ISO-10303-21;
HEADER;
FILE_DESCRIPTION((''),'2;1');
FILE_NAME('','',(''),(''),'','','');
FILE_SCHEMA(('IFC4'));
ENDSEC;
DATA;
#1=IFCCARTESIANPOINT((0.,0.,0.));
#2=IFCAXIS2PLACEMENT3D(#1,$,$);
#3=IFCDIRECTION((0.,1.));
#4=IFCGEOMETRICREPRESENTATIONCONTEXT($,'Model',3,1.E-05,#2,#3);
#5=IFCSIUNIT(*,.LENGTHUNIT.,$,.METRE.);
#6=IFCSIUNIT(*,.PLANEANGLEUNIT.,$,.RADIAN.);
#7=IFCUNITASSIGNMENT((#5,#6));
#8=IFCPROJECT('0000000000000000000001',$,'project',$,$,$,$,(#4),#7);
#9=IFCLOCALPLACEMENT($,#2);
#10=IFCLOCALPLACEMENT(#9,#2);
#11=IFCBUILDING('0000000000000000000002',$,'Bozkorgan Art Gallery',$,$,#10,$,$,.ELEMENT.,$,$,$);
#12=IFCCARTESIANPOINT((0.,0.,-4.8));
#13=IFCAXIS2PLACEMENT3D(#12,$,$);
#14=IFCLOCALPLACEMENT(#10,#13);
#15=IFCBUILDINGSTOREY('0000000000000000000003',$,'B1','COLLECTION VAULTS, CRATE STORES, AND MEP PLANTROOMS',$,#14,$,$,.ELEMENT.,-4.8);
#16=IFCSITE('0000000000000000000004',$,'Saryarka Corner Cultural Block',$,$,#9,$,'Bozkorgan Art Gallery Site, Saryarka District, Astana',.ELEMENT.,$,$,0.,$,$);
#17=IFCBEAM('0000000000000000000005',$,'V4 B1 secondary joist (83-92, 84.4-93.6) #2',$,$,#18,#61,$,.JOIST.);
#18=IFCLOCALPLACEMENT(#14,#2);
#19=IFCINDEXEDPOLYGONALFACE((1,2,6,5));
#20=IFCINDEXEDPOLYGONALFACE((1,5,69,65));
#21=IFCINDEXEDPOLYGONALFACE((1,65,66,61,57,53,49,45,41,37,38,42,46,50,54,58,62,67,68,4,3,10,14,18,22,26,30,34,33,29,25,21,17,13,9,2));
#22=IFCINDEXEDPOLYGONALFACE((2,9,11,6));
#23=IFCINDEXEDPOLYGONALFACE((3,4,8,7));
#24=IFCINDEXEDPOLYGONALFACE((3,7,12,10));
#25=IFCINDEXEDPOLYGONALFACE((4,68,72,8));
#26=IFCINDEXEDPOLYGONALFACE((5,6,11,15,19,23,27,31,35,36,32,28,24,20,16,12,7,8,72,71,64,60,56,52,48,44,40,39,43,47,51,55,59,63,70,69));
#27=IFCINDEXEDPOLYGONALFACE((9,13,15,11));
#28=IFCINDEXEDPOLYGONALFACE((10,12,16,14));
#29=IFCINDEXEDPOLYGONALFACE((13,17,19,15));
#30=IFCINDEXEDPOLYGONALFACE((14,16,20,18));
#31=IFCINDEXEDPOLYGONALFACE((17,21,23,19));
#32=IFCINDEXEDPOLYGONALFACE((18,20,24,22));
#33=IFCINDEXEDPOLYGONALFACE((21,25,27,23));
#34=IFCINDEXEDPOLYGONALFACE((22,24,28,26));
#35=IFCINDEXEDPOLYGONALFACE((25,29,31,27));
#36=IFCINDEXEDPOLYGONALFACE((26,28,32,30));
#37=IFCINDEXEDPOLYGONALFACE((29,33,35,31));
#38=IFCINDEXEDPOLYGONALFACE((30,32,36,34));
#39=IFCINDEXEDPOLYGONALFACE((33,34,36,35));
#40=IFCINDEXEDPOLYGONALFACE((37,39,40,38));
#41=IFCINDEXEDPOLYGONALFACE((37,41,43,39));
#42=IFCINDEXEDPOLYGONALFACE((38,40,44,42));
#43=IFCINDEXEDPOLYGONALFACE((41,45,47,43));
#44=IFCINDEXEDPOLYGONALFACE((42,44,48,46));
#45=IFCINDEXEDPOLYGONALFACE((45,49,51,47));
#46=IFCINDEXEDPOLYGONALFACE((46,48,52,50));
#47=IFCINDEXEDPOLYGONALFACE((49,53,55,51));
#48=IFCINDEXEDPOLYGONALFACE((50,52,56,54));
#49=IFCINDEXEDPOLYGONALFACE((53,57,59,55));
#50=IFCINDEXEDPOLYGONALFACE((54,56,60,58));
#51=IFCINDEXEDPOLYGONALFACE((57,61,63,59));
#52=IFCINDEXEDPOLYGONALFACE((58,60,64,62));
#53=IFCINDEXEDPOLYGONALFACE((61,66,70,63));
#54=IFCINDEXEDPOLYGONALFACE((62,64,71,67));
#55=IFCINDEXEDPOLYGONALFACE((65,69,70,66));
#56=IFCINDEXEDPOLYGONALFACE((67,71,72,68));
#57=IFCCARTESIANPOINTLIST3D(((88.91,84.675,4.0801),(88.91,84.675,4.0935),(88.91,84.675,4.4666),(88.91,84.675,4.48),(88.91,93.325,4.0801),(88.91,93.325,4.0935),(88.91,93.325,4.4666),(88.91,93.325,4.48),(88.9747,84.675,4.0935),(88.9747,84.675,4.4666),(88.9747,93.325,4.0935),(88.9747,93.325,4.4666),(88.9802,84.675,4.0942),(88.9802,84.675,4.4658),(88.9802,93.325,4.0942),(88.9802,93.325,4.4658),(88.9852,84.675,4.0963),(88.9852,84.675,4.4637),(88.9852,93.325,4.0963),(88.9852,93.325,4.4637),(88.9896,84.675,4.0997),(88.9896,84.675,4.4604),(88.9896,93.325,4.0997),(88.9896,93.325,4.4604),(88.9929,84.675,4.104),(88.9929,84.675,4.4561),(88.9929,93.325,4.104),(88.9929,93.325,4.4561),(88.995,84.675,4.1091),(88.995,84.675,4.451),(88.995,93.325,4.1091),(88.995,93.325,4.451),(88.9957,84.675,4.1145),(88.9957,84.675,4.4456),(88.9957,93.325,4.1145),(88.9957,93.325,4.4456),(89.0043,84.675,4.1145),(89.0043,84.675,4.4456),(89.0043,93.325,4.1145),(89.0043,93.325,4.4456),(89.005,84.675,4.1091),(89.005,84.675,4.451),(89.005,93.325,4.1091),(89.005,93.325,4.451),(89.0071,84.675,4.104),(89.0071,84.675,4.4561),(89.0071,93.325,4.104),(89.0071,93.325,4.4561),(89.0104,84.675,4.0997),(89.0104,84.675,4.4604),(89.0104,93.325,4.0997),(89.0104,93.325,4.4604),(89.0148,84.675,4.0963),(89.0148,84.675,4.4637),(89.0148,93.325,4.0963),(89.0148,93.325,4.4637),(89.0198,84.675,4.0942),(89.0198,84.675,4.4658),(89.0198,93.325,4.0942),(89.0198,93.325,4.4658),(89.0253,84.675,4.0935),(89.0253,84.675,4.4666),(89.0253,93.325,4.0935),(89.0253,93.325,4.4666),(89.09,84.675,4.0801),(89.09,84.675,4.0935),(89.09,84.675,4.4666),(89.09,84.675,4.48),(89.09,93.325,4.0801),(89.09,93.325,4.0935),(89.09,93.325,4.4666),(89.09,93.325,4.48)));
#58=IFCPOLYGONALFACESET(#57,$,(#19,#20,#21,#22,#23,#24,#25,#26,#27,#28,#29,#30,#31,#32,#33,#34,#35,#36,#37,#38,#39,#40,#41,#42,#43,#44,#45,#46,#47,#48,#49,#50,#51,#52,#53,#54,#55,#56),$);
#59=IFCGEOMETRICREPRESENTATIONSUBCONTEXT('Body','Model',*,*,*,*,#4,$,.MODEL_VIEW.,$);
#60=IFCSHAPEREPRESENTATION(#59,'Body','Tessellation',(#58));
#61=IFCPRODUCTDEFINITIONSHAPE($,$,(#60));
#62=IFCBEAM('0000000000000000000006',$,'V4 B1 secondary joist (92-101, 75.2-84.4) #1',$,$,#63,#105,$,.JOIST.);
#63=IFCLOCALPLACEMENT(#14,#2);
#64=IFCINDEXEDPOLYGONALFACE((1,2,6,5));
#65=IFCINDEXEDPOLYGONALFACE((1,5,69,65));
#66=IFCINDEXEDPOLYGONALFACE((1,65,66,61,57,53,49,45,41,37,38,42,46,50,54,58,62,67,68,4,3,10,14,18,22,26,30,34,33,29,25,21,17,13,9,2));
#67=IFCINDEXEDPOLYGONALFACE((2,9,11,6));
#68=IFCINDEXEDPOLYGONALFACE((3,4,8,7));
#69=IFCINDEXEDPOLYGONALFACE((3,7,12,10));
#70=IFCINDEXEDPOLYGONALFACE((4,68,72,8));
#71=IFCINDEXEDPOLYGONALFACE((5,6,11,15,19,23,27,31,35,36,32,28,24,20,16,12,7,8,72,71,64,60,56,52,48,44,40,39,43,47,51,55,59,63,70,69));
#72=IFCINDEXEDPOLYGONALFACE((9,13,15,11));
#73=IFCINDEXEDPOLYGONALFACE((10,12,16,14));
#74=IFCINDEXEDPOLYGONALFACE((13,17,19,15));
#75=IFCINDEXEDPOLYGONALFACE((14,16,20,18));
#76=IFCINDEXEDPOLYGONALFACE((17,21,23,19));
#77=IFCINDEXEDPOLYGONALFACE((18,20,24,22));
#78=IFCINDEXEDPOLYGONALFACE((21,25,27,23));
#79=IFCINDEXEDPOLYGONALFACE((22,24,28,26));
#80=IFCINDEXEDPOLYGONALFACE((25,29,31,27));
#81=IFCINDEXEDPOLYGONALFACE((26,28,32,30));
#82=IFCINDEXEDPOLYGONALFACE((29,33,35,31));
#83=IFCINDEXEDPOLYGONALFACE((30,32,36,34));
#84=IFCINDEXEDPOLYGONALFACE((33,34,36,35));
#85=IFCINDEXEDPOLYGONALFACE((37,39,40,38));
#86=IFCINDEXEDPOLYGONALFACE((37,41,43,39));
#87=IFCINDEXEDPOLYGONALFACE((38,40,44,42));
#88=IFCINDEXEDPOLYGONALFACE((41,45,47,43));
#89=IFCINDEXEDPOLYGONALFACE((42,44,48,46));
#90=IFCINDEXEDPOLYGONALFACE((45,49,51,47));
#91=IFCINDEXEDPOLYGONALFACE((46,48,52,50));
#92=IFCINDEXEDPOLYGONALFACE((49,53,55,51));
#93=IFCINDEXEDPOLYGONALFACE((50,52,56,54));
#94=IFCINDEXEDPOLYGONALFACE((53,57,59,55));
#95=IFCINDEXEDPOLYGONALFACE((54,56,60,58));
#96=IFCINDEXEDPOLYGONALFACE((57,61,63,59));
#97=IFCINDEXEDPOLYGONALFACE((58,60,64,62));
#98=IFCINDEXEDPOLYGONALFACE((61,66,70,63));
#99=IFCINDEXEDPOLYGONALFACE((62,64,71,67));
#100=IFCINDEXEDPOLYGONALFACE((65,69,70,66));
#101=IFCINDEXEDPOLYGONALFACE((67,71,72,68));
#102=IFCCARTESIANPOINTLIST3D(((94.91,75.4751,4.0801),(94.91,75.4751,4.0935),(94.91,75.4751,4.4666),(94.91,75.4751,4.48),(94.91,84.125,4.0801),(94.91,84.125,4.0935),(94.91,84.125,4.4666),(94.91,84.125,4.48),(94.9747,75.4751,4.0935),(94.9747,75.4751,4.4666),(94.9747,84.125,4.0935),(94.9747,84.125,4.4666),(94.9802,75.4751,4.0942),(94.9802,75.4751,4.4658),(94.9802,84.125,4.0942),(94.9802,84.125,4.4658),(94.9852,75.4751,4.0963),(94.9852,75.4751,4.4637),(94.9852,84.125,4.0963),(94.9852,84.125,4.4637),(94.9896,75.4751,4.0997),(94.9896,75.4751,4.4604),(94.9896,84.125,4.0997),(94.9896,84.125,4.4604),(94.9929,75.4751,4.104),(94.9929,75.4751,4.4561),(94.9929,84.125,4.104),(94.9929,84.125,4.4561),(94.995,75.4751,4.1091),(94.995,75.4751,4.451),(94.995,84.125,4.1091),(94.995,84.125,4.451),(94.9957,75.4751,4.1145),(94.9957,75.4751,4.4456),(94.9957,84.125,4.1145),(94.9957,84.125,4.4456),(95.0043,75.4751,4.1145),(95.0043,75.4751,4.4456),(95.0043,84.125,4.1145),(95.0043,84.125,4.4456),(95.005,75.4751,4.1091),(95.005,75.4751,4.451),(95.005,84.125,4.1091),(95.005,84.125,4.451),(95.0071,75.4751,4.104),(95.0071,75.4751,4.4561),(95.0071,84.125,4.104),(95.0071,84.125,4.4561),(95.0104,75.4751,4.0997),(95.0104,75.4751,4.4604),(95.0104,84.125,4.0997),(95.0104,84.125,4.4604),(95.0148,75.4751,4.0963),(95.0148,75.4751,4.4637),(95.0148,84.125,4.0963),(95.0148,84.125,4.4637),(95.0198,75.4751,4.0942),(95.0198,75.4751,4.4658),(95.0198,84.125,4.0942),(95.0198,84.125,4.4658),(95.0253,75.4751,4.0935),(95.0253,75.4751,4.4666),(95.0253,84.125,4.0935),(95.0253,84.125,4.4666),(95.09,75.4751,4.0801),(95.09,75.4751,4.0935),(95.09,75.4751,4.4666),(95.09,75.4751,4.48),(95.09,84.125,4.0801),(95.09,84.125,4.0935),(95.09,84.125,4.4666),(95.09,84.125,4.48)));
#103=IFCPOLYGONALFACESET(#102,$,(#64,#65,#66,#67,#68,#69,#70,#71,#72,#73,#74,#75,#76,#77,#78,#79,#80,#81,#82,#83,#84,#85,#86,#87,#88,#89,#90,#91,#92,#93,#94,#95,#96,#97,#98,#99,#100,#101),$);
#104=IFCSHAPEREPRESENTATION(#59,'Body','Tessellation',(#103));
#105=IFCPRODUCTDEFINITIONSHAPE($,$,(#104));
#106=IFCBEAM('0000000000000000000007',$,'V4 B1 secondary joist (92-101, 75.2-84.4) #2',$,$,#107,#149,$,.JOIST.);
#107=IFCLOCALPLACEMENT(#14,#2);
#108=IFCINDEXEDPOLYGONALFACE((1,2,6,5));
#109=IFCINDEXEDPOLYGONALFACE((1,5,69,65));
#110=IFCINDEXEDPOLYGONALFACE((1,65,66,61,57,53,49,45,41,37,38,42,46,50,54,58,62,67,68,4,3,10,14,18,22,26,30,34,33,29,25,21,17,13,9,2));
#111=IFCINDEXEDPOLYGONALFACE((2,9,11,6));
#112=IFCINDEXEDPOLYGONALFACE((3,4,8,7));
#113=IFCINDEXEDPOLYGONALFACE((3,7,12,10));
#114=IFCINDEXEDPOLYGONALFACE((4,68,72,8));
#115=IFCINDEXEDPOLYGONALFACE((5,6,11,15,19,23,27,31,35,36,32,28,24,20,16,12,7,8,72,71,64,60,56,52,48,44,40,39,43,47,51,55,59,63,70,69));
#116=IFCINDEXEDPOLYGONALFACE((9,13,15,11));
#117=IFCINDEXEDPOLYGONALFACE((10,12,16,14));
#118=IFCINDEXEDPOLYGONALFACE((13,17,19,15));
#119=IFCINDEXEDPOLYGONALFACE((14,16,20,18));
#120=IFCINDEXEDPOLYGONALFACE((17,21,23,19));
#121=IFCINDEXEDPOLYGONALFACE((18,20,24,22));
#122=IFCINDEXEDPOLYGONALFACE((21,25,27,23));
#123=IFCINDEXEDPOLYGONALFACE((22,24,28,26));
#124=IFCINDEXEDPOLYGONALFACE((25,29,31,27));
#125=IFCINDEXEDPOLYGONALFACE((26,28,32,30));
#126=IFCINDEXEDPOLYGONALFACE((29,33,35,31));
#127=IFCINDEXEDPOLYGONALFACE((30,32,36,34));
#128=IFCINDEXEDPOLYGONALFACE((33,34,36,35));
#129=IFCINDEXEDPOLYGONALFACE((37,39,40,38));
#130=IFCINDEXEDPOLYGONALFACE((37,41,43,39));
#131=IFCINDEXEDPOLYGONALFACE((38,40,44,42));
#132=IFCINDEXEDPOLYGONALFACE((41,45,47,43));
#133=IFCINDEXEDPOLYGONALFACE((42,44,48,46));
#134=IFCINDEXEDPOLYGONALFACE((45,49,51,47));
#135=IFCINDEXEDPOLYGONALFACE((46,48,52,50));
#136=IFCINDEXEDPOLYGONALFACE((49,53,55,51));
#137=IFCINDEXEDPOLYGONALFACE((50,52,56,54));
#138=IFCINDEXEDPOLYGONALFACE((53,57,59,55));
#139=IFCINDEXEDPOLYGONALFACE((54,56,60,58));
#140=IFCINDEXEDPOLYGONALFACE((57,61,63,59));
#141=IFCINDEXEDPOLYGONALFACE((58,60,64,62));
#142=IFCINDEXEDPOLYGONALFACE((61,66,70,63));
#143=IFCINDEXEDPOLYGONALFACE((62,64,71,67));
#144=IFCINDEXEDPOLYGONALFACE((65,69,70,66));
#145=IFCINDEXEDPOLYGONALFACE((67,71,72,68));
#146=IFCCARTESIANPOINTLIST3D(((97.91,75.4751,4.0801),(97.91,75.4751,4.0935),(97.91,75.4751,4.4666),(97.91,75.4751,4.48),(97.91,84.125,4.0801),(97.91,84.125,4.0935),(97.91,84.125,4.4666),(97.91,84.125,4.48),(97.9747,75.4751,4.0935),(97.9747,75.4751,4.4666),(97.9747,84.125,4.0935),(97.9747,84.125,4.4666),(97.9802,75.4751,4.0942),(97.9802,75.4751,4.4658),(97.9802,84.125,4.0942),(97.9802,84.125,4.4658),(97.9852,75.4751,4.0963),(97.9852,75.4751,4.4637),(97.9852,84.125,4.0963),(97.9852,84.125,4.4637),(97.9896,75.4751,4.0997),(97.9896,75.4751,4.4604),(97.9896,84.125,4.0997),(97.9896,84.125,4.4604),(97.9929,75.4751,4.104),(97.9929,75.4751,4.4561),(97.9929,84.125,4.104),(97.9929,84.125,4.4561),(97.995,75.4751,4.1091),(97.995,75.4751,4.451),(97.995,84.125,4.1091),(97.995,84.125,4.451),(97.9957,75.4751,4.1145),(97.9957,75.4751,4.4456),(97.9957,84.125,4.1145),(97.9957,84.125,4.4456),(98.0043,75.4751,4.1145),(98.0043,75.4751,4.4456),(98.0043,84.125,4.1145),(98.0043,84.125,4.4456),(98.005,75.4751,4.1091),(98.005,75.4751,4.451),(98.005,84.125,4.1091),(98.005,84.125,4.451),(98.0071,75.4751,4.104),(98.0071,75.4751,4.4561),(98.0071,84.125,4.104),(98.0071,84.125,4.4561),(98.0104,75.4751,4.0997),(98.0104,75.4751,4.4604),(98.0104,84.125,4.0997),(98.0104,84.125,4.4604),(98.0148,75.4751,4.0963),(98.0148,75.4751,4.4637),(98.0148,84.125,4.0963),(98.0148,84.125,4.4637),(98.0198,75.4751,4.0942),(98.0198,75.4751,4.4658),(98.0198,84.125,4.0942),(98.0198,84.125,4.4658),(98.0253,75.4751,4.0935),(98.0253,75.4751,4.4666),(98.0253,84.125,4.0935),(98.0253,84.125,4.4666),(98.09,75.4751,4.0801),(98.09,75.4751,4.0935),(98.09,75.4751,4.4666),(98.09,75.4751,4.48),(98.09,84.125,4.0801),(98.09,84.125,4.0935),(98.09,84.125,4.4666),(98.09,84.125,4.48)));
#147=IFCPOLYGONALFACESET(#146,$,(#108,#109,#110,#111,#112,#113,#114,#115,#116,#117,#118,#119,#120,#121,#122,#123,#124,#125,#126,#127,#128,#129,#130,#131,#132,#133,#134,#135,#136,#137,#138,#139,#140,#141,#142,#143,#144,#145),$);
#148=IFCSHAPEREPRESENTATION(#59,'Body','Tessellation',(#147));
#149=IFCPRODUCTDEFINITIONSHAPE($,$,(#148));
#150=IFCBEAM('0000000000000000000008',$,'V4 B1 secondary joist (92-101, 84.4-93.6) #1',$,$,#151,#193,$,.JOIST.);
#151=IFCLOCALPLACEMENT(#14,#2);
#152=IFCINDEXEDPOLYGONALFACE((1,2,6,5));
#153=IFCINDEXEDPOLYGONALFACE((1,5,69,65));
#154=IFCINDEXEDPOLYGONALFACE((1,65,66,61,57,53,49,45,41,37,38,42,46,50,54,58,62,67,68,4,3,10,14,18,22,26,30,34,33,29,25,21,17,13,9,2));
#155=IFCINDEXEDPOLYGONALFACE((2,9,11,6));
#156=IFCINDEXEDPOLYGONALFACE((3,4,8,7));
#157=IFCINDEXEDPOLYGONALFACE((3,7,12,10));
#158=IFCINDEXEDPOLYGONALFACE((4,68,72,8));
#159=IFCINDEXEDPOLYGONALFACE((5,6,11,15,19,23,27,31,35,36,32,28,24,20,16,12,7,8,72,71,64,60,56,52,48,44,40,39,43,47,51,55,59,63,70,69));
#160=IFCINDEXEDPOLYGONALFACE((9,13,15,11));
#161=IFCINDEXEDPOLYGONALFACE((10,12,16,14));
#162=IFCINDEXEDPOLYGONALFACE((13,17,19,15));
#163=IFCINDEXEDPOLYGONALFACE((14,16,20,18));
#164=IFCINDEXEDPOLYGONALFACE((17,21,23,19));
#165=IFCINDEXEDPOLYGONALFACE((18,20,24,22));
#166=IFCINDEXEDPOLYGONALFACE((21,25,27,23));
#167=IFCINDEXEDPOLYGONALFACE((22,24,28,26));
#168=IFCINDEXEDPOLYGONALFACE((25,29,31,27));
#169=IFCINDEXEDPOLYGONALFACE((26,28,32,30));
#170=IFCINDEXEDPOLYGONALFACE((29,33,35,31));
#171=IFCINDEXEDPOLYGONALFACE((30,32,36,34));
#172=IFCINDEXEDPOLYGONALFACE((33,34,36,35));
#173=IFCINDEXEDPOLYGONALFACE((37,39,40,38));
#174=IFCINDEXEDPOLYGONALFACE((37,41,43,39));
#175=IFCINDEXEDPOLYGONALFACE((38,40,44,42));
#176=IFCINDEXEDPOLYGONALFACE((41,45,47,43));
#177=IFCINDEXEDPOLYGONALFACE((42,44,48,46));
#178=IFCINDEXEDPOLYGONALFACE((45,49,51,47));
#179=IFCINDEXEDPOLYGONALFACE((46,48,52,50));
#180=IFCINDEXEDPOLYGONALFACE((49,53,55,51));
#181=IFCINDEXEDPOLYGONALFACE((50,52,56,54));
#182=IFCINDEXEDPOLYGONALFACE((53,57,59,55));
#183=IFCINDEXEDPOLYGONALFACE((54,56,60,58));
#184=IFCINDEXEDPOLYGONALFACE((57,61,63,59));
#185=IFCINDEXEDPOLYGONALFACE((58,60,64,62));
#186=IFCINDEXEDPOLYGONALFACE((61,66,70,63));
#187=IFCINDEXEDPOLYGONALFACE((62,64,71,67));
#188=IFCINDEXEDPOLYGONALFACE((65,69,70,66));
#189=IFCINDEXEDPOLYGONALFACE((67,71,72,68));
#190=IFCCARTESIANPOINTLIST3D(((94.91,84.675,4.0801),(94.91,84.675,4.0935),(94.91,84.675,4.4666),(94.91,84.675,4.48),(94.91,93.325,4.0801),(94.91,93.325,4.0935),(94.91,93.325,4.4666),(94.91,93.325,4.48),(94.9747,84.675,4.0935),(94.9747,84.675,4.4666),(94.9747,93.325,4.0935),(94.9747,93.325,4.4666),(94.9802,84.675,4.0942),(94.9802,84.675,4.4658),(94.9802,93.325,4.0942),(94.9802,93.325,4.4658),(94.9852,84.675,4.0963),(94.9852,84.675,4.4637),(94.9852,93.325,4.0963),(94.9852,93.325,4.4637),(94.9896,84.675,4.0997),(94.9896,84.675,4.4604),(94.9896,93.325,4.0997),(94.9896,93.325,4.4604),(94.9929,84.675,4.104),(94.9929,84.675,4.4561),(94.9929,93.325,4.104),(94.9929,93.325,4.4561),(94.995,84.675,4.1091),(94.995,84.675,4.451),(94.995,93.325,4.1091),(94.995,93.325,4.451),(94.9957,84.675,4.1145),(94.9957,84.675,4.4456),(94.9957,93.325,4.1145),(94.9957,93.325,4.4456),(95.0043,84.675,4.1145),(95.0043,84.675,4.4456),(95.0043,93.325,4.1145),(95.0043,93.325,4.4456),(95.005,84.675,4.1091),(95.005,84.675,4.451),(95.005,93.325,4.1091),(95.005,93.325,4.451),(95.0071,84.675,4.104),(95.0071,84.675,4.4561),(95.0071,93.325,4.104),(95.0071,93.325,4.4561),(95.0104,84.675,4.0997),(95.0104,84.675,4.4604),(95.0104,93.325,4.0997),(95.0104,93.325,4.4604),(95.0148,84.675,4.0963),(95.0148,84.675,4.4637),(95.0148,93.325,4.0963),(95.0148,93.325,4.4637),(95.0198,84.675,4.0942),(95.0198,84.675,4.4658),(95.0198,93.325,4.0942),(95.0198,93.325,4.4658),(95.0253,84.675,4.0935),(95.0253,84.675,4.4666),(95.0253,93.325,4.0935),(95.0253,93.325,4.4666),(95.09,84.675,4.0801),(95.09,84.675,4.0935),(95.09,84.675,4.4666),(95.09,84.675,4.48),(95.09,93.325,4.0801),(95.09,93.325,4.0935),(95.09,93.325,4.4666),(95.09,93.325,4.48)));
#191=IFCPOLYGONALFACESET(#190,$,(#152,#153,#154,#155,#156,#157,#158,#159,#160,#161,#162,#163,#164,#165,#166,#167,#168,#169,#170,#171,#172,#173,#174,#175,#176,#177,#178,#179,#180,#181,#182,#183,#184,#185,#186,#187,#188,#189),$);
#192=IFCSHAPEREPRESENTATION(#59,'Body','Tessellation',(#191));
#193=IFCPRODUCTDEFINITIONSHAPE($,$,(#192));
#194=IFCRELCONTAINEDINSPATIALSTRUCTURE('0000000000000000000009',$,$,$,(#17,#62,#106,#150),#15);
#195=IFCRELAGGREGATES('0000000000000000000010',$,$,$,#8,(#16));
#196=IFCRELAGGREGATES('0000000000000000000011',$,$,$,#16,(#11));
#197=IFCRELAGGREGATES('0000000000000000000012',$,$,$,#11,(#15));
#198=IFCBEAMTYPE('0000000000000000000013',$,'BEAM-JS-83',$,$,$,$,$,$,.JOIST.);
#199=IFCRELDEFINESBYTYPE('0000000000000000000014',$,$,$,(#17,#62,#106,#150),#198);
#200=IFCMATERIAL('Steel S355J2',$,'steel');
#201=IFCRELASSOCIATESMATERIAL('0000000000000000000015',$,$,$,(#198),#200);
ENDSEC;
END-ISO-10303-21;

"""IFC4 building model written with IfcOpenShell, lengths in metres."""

from ifc_helpers import new_model, si_unit, direction, frame, origin, origin_2d, place, context, subcontext, project, spatial, i_section, extrude, material, material_profile, profile_set, type_object, element, save


model = new_model("IFC4")

# Units and contexts
model_context = context("Model", 3, precision=1e-05, world=origin(), true_north=direction((0.0, 1.0)))
body_context = subcontext(model_context, "Body", "Model", "MODEL_VIEW")
ifc_project = project(units=[si_unit("LENGTHUNIT", "METRE"), si_unit("PLANEANGLEUNIT", "RADIAN")], contexts=[model_context])

# Site, building, storey
site_placement = place(None, origin())
site = spatial("IfcSite", under=ifc_project, at=site_placement, Name="Saryarka Corner Cultural Block", LongName="Bozkorgan Art Gallery Site, Saryarka District, Astana", CompositionType="ELEMENT", RefElevation=0.0)
building_placement = place(site_placement, origin())
building = spatial("IfcBuilding", under=site, at=building_placement, Name="Bozkorgan Art Gallery", CompositionType="ELEMENT")
storey_placement = place(building_placement, frame((0.0, 0.0, -4.8)))
storey = spatial("IfcBuildingStorey", under=building, at=storey_placement, Name="B1", Description="COLLECTION VAULTS, CRATE STORES, AND MEP PLANTROOMS", CompositionType="ELEMENT", Elevation=-4.8)

# Beams
ifc_material_1 = material(Name="Steel S355J2", Category="steel")
ifc_material_profile_1 = material_profile(ifc_material_1, i_section(OverallWidth=0.1799, OverallDepth=0.3999, WebThickness=0.0085, FlangeThickness=0.0134, FilletRadius=0.021, at=origin_2d()), Name="IPE 400")
ifc_profile_set_1 = profile_set([ifc_material_profile_1], Name="Steel S355J2")
beam_type_1 = type_object("IfcBeamType", Name="BEAM-JS-83", PredefinedType="JOIST", material=ifc_profile_set_1)
for number, where, z_axis, x_axis, name in (
    (1, (89.0, 84.675, 4.28), (0.0, 1.0, 0.0), (-1.0, 0.0, 0.0), "V4 B1 secondary joist (83-92, 84.4-93.6) #2"),
    (2, (95.0, 75.4751, 4.28), (0.0, 1.0, 0.0), (-1.0, 0.0, 0.0), "V4 B1 secondary joist (92-101, 75.2-84.4) #1"),
    (3, (98.0, 75.4751, 4.28), (0.0, 1.0, 0.0), (-1.0, 0.0, 0.0), "V4 B1 secondary joist (92-101, 75.2-84.4) #2"),
    (4, (95.0, 84.675, 4.28), (0.0, 1.0, 0.0), (-1.0, 0.0, 0.0), "V4 B1 secondary joist (92-101, 84.4-93.6) #1"),
):
    element("IfcBeam", number, at=place(storey_placement, frame(where, z_axis=z_axis, x_axis=x_axis)), inside=storey, type_object=beam_type_1, Name=name, PredefinedType="JOIST", context=body_context, shape_type="SweptSolid", body=[
        extrude(i_section(OverallWidth=0.1799, OverallDepth=0.3999, WebThickness=0.0085, FlangeThickness=0.0134, FilletRadius=0.021, at=origin_2d()), origin(), (0.0, 0.0, 1.0), 8.6499),
    ])

save(model, "model.ifc")
